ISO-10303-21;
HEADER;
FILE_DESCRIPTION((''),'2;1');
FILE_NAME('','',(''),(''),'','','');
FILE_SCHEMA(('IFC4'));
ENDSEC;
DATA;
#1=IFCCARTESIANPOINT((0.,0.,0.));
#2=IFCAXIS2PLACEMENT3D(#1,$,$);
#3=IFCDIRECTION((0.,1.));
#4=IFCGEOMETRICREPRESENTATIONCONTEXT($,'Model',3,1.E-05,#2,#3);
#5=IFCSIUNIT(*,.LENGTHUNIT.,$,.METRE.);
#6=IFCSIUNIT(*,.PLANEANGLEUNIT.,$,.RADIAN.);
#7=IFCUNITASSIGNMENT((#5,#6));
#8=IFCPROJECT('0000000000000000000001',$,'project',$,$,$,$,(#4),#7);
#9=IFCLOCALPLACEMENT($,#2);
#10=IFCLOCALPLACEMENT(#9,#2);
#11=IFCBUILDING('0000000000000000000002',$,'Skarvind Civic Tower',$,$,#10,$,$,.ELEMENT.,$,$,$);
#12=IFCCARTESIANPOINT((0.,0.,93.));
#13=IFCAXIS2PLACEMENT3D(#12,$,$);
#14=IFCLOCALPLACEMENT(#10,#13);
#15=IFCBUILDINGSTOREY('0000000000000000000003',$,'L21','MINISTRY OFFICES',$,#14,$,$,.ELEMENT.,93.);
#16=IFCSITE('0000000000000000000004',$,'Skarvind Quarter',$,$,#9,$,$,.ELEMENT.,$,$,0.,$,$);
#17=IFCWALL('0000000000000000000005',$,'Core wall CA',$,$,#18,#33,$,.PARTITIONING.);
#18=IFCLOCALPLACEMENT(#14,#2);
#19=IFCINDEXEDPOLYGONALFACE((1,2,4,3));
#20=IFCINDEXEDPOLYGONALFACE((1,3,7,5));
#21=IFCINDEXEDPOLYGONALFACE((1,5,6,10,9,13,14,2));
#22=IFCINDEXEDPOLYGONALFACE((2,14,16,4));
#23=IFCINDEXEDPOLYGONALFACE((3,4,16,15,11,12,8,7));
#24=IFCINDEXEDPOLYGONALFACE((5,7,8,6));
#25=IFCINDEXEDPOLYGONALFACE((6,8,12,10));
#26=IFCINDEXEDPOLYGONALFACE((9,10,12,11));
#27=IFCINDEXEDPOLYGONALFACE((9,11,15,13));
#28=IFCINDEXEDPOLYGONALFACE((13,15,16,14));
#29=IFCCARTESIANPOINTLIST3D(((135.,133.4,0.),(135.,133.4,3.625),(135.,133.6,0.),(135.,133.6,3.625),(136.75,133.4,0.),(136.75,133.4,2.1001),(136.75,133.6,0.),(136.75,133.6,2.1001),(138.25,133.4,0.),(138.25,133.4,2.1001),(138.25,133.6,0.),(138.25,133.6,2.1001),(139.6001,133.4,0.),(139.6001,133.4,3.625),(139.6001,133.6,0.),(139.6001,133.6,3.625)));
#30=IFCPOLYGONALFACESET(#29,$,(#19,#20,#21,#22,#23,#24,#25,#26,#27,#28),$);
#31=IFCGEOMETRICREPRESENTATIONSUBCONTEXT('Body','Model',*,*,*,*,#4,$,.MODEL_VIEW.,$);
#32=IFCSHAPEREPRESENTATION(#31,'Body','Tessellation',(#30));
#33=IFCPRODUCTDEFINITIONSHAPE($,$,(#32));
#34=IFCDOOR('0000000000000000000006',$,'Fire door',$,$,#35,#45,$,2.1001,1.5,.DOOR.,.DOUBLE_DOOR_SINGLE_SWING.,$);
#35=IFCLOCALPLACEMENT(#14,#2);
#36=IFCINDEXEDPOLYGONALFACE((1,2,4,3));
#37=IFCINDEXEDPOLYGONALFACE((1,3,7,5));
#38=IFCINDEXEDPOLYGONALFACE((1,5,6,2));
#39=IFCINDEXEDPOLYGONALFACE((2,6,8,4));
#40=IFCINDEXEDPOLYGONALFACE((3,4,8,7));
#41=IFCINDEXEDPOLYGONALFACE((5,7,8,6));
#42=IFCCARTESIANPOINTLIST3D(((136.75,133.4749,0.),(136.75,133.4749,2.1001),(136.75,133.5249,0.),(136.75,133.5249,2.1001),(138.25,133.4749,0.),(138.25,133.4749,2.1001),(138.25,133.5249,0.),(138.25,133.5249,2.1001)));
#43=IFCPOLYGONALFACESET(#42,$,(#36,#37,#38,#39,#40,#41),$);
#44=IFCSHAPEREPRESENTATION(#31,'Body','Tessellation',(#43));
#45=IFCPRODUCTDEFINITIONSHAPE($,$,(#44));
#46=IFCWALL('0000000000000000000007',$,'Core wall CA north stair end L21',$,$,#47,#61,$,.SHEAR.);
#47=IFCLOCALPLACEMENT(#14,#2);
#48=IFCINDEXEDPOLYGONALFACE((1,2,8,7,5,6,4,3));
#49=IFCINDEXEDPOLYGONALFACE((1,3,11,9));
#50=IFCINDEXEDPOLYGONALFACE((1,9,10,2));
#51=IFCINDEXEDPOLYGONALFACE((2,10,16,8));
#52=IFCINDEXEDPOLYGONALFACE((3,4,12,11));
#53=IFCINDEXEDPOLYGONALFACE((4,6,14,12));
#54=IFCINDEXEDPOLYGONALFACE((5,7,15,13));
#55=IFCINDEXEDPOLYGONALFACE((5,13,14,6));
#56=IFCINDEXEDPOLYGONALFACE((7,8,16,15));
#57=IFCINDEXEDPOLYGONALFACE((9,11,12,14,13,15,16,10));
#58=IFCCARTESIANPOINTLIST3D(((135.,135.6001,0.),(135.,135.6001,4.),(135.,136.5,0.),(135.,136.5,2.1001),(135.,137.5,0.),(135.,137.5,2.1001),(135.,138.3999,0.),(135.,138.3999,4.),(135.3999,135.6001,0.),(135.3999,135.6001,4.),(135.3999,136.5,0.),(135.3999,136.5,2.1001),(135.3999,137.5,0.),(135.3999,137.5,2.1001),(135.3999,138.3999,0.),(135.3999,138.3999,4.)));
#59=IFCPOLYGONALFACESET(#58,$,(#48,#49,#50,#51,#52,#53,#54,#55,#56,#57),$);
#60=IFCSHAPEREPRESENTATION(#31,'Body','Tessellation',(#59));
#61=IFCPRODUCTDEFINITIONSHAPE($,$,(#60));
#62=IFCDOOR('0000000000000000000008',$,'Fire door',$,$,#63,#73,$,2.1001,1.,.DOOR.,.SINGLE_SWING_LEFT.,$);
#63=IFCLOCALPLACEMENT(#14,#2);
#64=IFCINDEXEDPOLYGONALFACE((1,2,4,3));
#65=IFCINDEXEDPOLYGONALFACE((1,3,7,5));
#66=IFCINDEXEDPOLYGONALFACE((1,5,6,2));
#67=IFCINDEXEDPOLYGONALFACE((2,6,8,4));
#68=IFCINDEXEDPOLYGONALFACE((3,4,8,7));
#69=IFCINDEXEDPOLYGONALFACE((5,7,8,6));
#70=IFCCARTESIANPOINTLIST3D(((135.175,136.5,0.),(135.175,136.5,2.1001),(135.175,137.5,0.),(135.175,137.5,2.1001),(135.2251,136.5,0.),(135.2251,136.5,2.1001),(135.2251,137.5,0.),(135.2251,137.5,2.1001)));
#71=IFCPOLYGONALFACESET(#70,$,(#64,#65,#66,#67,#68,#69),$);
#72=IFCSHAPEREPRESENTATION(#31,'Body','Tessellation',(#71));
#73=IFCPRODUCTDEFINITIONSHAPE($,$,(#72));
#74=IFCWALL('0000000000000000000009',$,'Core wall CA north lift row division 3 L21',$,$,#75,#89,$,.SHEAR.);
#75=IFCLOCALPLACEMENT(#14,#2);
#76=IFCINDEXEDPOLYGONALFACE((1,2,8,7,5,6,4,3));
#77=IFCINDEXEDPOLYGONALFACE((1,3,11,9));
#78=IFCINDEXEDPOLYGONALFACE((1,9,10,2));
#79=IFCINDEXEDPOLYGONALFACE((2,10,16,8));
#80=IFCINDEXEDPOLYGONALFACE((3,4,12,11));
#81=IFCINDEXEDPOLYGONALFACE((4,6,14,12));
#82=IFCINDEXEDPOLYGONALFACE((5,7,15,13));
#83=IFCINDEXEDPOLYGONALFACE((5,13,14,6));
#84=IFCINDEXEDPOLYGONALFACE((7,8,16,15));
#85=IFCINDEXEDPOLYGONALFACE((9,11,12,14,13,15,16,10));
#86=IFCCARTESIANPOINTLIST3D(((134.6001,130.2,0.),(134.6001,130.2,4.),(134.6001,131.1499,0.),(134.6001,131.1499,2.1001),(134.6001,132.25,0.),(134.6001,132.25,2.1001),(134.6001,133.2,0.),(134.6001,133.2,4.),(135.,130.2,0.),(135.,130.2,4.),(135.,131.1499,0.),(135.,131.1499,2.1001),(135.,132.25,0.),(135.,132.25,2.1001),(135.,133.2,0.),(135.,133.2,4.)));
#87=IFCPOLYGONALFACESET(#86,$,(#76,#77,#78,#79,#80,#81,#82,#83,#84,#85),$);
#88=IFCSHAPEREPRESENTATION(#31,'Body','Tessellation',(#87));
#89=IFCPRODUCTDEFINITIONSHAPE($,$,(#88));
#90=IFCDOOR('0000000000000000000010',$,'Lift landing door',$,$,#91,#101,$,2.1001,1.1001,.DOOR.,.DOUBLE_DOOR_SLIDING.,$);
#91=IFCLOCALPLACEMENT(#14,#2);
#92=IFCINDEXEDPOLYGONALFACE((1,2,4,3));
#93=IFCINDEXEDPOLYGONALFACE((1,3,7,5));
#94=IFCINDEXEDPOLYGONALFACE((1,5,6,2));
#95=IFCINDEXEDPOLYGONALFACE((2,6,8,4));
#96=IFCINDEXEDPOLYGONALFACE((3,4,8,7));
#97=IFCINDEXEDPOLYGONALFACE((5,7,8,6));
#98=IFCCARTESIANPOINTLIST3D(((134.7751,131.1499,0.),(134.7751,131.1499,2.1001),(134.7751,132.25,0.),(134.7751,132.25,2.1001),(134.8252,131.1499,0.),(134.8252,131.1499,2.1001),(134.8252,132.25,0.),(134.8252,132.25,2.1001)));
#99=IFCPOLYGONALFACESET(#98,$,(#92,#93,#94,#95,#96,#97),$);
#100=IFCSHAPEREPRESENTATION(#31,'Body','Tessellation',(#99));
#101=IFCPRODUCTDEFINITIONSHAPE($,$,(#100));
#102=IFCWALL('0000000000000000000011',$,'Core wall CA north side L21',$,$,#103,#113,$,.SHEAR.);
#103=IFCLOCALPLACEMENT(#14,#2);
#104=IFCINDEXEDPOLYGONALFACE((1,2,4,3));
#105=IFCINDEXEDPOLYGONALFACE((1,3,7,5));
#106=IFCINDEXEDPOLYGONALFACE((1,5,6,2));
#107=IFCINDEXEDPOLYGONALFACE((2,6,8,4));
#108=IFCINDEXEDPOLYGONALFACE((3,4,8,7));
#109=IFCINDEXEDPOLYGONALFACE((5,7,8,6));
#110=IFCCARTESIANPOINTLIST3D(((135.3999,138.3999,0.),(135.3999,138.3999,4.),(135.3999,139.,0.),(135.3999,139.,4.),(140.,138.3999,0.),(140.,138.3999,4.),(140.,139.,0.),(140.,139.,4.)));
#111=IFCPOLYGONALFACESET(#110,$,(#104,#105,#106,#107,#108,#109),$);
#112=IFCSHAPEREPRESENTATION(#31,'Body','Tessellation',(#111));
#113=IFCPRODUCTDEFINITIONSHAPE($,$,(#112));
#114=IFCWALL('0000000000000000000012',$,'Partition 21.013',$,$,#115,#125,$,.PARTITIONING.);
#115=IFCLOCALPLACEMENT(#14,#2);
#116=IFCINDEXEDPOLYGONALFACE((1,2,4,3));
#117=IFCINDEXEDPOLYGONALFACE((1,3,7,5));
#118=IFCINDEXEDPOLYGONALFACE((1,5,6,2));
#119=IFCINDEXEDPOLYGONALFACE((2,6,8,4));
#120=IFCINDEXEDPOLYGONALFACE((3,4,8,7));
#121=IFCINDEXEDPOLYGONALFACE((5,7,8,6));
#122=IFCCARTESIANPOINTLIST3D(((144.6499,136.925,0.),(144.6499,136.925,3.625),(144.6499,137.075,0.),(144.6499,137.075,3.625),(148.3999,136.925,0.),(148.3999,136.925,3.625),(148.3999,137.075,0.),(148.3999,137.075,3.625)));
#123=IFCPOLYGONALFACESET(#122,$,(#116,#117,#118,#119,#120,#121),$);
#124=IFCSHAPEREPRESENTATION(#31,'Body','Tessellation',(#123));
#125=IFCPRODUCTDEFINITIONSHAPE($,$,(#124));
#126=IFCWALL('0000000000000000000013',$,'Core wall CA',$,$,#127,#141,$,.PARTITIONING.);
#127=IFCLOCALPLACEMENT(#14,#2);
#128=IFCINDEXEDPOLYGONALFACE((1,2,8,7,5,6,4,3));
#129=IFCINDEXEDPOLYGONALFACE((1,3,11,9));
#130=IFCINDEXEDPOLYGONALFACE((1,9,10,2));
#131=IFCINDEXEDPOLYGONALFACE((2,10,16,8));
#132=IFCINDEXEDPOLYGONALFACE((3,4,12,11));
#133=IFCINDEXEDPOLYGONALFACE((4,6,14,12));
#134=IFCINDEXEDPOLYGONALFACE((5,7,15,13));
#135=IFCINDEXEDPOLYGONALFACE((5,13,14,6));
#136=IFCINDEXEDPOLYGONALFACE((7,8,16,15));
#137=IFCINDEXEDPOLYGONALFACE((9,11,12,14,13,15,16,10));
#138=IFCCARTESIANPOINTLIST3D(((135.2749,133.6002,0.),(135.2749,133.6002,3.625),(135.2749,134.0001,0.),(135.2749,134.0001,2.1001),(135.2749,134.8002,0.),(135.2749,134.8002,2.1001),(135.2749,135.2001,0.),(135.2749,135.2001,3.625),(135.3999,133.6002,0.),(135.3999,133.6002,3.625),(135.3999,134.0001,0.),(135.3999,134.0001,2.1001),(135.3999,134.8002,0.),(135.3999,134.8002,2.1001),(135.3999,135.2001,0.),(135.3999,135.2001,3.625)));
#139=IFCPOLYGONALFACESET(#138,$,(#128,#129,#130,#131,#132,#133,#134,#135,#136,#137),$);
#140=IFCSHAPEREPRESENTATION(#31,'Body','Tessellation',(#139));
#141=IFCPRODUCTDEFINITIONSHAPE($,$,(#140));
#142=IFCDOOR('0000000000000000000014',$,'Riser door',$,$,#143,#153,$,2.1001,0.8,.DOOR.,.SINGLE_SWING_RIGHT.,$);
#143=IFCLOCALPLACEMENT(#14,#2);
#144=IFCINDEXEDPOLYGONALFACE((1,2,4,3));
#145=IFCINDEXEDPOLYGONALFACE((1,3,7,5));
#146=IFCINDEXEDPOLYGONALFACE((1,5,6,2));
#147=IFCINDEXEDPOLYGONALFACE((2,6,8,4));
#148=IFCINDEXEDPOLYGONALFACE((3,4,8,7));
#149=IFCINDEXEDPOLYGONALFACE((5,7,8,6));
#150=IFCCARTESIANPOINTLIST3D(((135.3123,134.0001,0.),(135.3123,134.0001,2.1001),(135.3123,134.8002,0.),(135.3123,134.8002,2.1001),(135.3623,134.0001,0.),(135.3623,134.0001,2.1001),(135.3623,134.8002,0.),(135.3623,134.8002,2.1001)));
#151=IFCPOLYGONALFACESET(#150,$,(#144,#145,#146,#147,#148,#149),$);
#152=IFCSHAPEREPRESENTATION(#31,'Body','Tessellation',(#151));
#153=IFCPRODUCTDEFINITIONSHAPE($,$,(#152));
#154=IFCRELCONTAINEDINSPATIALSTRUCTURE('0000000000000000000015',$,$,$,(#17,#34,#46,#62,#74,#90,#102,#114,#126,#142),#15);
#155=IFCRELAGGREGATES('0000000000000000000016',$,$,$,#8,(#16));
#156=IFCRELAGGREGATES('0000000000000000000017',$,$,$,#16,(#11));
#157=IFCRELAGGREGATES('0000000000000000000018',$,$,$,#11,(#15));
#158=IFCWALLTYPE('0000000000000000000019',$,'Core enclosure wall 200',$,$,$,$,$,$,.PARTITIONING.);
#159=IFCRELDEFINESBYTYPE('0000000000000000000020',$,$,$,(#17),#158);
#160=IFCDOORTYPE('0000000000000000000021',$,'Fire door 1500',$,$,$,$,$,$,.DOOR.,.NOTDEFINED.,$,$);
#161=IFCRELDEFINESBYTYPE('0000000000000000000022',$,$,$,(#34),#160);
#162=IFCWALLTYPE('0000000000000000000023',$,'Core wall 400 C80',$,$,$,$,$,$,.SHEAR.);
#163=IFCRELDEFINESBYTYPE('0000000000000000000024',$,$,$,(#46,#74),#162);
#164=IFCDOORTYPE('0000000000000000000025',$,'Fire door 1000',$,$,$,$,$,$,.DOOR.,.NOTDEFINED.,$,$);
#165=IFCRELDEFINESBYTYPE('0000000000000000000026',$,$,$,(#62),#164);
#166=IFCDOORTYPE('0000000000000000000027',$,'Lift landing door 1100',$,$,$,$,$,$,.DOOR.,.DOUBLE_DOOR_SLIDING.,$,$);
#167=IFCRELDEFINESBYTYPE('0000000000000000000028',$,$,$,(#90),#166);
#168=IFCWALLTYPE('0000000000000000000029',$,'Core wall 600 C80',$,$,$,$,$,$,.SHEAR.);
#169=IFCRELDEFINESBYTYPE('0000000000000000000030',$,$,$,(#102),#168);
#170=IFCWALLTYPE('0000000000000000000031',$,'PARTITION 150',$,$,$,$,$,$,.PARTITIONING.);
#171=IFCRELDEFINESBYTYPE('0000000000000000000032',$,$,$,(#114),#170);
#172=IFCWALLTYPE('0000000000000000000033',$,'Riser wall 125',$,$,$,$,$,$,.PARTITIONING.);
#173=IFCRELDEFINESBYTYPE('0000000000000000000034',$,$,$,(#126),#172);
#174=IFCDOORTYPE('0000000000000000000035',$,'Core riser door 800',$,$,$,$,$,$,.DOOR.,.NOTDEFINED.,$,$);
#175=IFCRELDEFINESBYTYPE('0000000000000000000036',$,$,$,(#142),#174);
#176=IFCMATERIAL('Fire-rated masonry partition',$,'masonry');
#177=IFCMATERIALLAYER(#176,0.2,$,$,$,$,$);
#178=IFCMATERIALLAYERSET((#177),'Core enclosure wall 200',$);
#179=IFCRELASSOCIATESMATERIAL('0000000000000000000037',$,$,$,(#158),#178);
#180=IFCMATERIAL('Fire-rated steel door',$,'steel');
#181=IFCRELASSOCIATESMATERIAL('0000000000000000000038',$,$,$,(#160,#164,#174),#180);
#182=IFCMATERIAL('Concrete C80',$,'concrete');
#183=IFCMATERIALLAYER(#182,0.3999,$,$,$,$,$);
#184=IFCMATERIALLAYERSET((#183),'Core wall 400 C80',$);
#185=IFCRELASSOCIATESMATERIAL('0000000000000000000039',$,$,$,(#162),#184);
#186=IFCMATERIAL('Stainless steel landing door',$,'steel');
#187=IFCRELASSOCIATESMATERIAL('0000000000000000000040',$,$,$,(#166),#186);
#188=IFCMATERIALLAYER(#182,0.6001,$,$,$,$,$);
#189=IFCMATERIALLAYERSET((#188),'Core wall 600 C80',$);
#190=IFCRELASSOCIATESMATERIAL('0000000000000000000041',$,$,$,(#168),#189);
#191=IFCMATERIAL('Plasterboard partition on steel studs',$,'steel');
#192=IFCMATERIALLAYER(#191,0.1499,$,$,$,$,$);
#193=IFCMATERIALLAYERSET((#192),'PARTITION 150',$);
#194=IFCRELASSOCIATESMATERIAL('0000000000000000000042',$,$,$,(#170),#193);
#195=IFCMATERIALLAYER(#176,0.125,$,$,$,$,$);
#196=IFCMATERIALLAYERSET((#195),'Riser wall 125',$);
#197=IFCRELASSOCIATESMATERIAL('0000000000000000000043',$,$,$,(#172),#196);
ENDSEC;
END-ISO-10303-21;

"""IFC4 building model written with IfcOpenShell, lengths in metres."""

from ifc_helpers import new_model, si_unit, direction, frame, frame_2d, origin, place, context, subcontext, project, spatial, rectangle, extrude, material, layer, layer_set, type_object, element, fill, save


model = new_model("IFC4")

# Units and contexts
model_context = context("Model", 3, precision=1e-05, world=origin(), true_north=direction((0.0, 1.0)))
body_context = subcontext(model_context, "Body", "Model", "MODEL_VIEW")
ifc_project = project(units=[si_unit("LENGTHUNIT", "METRE"), si_unit("PLANEANGLEUNIT", "RADIAN")], contexts=[model_context])

# Site, building, storey
site_placement = place(None, origin())
site = spatial("IfcSite", under=ifc_project, at=site_placement, Name="Skarvind Quarter", CompositionType="ELEMENT", RefElevation=0.0)
building_placement = place(site_placement, origin())
building = spatial("IfcBuilding", under=site, at=building_placement, Name="Skarvind Civic Tower", CompositionType="ELEMENT")
storey_placement = place(building_placement, frame((0.0, 0.0, 93.0)))
storey = spatial("IfcBuildingStorey", under=building, at=storey_placement, Name="L21", Description="MINISTRY OFFICES", CompositionType="ELEMENT", Elevation=93.0)

# Walls, openings, doors
ifc_material_1 = material(Name="Fire-rated masonry partition", Category="masonry")
ifc_layer_1 = layer(ifc_material_1, 0.2)
ifc_layer_set_1 = layer_set([ifc_layer_1], Name="Core enclosure wall 200")
wall_type_1 = type_object("IfcWallType", Name="Core enclosure wall 200", PredefinedType="PARTITIONING", material=ifc_layer_set_1)
wall_1_placement = place(storey_placement, frame((135.0, 133.5, 0.0), z_axis=(0.0, 0.0, 1.0), x_axis=(1.0, 0.0, 0.0)))
wall_1 = element("IfcWall", 1, at=wall_1_placement, inside=storey, type_object=wall_type_1, Name="Core wall CA", PredefinedType="PARTITIONING", context=body_context, shape_type="SweptSolid", body=[
    extrude(rectangle(XDim=4.6001, YDim=0.2, at=frame_2d((2.3, 0.0))), origin(), (0.0, 0.0, 1.0), 3.625),
])
opening_1_placement = place(wall_1_placement, frame((1.75, 0.0, 0.0)))
opening_1 = element("IfcOpeningElement", 2, at=opening_1_placement, cuts=wall_1, PredefinedType="OPENING", context=body_context, shape_type="SweptSolid", body=[
    extrude(rectangle(XDim=1.5, YDim=2.1001, at=frame_2d((0.75, 1.05))), frame((0.0, 0.1099, 0.0), z_axis=(0.0, -1.0, 0.0), x_axis=(1.0, 0.0, 0.0)), (0.0, 0.0, 1.0), 0.22),
])
ifc_material_2 = material(Name="Fire-rated steel door", Category="steel")
door_type_1 = type_object("IfcDoorType", Name="Fire door 1500", OperationType="NOTDEFINED", PredefinedType="DOOR", material=ifc_material_2)
door_1_placement = place(opening_1_placement, origin())
door_1 = element("IfcDoor", 3, at=door_1_placement, inside=storey, type_object=door_type_1, Name="Fire door", OperationType="DOUBLE_DOOR_SINGLE_SWING", OverallHeight=2.1001, OverallWidth=1.5, PredefinedType="DOOR", context=body_context, shape_type="SweptSolid", body=[
    extrude(rectangle(XDim=1.5, YDim=2.1001, at=frame_2d((0.75, 1.05))), frame((0.0, 0.0249, 0.0), z_axis=(0.0, -1.0, 0.0), x_axis=(1.0, 0.0, 0.0)), (0.0, 0.0, 1.0), 0.05),
])
fill(opening_1, door_1)
ifc_material_3 = material(Name="Concrete C80", Category="concrete")
ifc_layer_2 = layer(ifc_material_3, 0.3999)
ifc_layer_set_2 = layer_set([ifc_layer_2], Name="Core wall 400 C80")
wall_type_2 = type_object("IfcWallType", Name="Core wall 400 C80", PredefinedType="SHEAR", material=ifc_layer_set_2)
wall_2_placement = place(storey_placement, frame((135.2, 135.6001, 0.0), z_axis=(0.0, 0.0, 1.0), x_axis=(0.0, 1.0, 0.0)))
wall_2 = element("IfcWall", 4, at=wall_2_placement, inside=storey, type_object=wall_type_2, Name="Core wall CA north stair end L21", PredefinedType="SHEAR", context=body_context, shape_type="SweptSolid", body=[
    extrude(rectangle(XDim=2.7998, YDim=0.3999, at=frame_2d((1.3999, 0.0))), origin(), (0.0, 0.0, 1.0), 4.0),
])
opening_2_placement = place(wall_2_placement, frame((0.8999, 0.0, 0.0)))
opening_2 = element("IfcOpeningElement", 5, at=opening_2_placement, cuts=wall_2, PredefinedType="OPENING", context=body_context, shape_type="SweptSolid", body=[
    extrude(rectangle(XDim=1.0, YDim=2.1001, at=frame_2d((0.5, 1.05))), frame((0.0, 0.21, 0.0), z_axis=(0.0, -1.0, 0.0), x_axis=(1.0, 0.0, 0.0)), (0.0, 0.0, 1.0), 0.4199),
])
door_type_2 = type_object("IfcDoorType", Name="Fire door 1000", OperationType="NOTDEFINED", PredefinedType="DOOR", material=ifc_material_2)
door_2_placement = place(opening_2_placement, origin())
door_2 = element("IfcDoor", 6, at=door_2_placement, inside=storey, type_object=door_type_2, Name="Fire door", OperationType="SINGLE_SWING_LEFT", OverallHeight=2.1001, OverallWidth=1.0, PredefinedType="DOOR", context=body_context, shape_type="SweptSolid", body=[
    extrude(rectangle(XDim=1.0, YDim=2.1001, at=frame_2d((0.5, 1.05))), frame((0.0, 0.0249, 0.0), z_axis=(0.0, -1.0, 0.0), x_axis=(1.0, 0.0, 0.0)), (0.0, 0.0, 1.0), 0.05),
])
fill(opening_2, door_2)
wall_3_placement = place(storey_placement, frame((134.8, 130.2, 0.0), z_axis=(0.0, 0.0, 1.0), x_axis=(0.0, 1.0, 0.0)))
wall_3 = element("IfcWall", 7, at=wall_3_placement, inside=storey, type_object=wall_type_2, Name="Core wall CA north lift row division 3 L21", PredefinedType="SHEAR", context=body_context, shape_type="SweptSolid", body=[
    extrude(rectangle(XDim=3.0, YDim=0.3999, at=frame_2d((1.5, 0.0))), origin(), (0.0, 0.0, 1.0), 4.0),
])
opening_3_placement = place(wall_3_placement, frame((0.95, 0.0, 0.0)))
opening_3 = element("IfcOpeningElement", 8, at=opening_3_placement, cuts=wall_3, PredefinedType="OPENING", context=body_context, shape_type="SweptSolid", body=[
    extrude(rectangle(XDim=1.1001, YDim=2.1001, at=frame_2d((0.55, 1.05))), frame((0.0, 0.21, 0.0), z_axis=(0.0, -1.0, 0.0), x_axis=(1.0, 0.0, 0.0)), (0.0, 0.0, 1.0), 0.4199),
])
ifc_material_4 = material(Name="Stainless steel landing door", Category="steel")
door_type_3 = type_object("IfcDoorType", Name="Lift landing door 1100", OperationType="DOUBLE_DOOR_SLIDING", PredefinedType="DOOR", material=ifc_material_4)
door_3_placement = place(opening_3_placement, origin())
door_3 = element("IfcDoor", 9, at=door_3_placement, inside=storey, type_object=door_type_3, Name="Lift landing door", OperationType="DOUBLE_DOOR_SLIDING", OverallHeight=2.1001, OverallWidth=1.1001, PredefinedType="DOOR", context=body_context, shape_type="SweptSolid", body=[
    extrude(rectangle(XDim=1.1001, YDim=2.1001, at=frame_2d((0.55, 1.05))), frame((0.0, 0.0249, 0.0), z_axis=(0.0, -1.0, 0.0), x_axis=(1.0, 0.0, 0.0)), (0.0, 0.0, 1.0), 0.05),
])
fill(opening_3, door_3)

# Walls
ifc_layer_3 = layer(ifc_material_3, 0.6001)
ifc_layer_set_3 = layer_set([ifc_layer_3], Name="Core wall 600 C80")
wall_type_3 = type_object("IfcWallType", Name="Core wall 600 C80", PredefinedType="SHEAR", material=ifc_layer_set_3)
wall_4_placement = place(storey_placement, frame((135.3999, 138.7, 0.0), z_axis=(0.0, 0.0, 1.0), x_axis=(1.0, 0.0, 0.0)))
element("IfcWall", 10, at=wall_4_placement, inside=storey, type_object=wall_type_3, Name="Core wall CA north side L21", PredefinedType="SHEAR", context=body_context, shape_type="SweptSolid", body=[
    extrude(rectangle(XDim=4.6001, YDim=0.6001, at=frame_2d((2.3, 0.0))), origin(), (0.0, 0.0, 1.0), 4.0),
])
ifc_material_5 = material(Name="Plasterboard partition on steel studs", Category="steel")
ifc_layer_4 = layer(ifc_material_5, 0.1499)
ifc_layer_set_4 = layer_set([ifc_layer_4], Name="PARTITION 150")
wall_type_4 = type_object("IfcWallType", Name="PARTITION 150", PredefinedType="PARTITIONING", material=ifc_layer_set_4)
wall_5_placement = place(storey_placement, frame((144.6499, 137.0, 0.0), z_axis=(0.0, 0.0, 1.0), x_axis=(1.0, 0.0, 0.0)))
element("IfcWall", 11, at=wall_5_placement, inside=storey, type_object=wall_type_4, Name="Partition 21.013", PredefinedType="PARTITIONING", context=body_context, shape_type="SweptSolid", body=[
    extrude(rectangle(XDim=3.75, YDim=0.1499, at=frame_2d((1.875, 0.0))), origin(), (0.0, 0.0, 1.0), 3.625),
])

# Wall, opening, door
ifc_layer_5 = layer(ifc_material_1, 0.125)
ifc_layer_set_5 = layer_set([ifc_layer_5], Name="Riser wall 125")
wall_type_5 = type_object("IfcWallType", Name="Riser wall 125", PredefinedType="PARTITIONING", material=ifc_layer_set_5)
wall_6_placement = place(storey_placement, frame((135.3374, 135.2, 0.0), z_axis=(0.0, 0.0, 1.0), x_axis=(0.0, -1.0, 0.0)))
wall_6 = element("IfcWall", 12, at=wall_6_placement, inside=storey, type_object=wall_type_5, Name="Core wall CA", PredefinedType="PARTITIONING", context=body_context, shape_type="SweptSolid", body=[
    extrude(rectangle(XDim=1.5999, YDim=0.125, at=frame_2d((0.7998, 0.0))), origin(), (0.0, 0.0, 1.0), 3.625),
])
opening_4_placement = place(wall_6_placement, frame((0.3999, 0.0, 0.0)))
opening_4 = element("IfcOpeningElement", 13, at=opening_4_placement, cuts=wall_6, PredefinedType="OPENING", context=body_context, shape_type="SweptSolid", body=[
    extrude(rectangle(XDim=0.8, YDim=2.1001, at=frame_2d((0.3999, 1.05))), frame((0.0, 0.0725, 0.0), z_axis=(0.0, -1.0, 0.0), x_axis=(1.0, 0.0, 0.0)), (0.0, 0.0, 1.0), 0.145),
])
door_type_4 = type_object("IfcDoorType", Name="Core riser door 800", OperationType="NOTDEFINED", PredefinedType="DOOR", material=ifc_material_2)
door_4_placement = place(opening_4_placement, origin())
door_4 = element("IfcDoor", 14, at=door_4_placement, inside=storey, type_object=door_type_4, Name="Riser door", OperationType="SINGLE_SWING_RIGHT", OverallHeight=2.1001, OverallWidth=0.8, PredefinedType="DOOR", context=body_context, shape_type="SweptSolid", body=[
    extrude(rectangle(XDim=0.8, YDim=2.1001, at=frame_2d((0.3999, 1.05))), frame((0.0, 0.0249, 0.0), z_axis=(0.0, -1.0, 0.0), x_axis=(1.0, 0.0, 0.0)), (0.0, 0.0, 1.0), 0.05),
])
fill(opening_4, door_4)

save(model, "model.ifc")
